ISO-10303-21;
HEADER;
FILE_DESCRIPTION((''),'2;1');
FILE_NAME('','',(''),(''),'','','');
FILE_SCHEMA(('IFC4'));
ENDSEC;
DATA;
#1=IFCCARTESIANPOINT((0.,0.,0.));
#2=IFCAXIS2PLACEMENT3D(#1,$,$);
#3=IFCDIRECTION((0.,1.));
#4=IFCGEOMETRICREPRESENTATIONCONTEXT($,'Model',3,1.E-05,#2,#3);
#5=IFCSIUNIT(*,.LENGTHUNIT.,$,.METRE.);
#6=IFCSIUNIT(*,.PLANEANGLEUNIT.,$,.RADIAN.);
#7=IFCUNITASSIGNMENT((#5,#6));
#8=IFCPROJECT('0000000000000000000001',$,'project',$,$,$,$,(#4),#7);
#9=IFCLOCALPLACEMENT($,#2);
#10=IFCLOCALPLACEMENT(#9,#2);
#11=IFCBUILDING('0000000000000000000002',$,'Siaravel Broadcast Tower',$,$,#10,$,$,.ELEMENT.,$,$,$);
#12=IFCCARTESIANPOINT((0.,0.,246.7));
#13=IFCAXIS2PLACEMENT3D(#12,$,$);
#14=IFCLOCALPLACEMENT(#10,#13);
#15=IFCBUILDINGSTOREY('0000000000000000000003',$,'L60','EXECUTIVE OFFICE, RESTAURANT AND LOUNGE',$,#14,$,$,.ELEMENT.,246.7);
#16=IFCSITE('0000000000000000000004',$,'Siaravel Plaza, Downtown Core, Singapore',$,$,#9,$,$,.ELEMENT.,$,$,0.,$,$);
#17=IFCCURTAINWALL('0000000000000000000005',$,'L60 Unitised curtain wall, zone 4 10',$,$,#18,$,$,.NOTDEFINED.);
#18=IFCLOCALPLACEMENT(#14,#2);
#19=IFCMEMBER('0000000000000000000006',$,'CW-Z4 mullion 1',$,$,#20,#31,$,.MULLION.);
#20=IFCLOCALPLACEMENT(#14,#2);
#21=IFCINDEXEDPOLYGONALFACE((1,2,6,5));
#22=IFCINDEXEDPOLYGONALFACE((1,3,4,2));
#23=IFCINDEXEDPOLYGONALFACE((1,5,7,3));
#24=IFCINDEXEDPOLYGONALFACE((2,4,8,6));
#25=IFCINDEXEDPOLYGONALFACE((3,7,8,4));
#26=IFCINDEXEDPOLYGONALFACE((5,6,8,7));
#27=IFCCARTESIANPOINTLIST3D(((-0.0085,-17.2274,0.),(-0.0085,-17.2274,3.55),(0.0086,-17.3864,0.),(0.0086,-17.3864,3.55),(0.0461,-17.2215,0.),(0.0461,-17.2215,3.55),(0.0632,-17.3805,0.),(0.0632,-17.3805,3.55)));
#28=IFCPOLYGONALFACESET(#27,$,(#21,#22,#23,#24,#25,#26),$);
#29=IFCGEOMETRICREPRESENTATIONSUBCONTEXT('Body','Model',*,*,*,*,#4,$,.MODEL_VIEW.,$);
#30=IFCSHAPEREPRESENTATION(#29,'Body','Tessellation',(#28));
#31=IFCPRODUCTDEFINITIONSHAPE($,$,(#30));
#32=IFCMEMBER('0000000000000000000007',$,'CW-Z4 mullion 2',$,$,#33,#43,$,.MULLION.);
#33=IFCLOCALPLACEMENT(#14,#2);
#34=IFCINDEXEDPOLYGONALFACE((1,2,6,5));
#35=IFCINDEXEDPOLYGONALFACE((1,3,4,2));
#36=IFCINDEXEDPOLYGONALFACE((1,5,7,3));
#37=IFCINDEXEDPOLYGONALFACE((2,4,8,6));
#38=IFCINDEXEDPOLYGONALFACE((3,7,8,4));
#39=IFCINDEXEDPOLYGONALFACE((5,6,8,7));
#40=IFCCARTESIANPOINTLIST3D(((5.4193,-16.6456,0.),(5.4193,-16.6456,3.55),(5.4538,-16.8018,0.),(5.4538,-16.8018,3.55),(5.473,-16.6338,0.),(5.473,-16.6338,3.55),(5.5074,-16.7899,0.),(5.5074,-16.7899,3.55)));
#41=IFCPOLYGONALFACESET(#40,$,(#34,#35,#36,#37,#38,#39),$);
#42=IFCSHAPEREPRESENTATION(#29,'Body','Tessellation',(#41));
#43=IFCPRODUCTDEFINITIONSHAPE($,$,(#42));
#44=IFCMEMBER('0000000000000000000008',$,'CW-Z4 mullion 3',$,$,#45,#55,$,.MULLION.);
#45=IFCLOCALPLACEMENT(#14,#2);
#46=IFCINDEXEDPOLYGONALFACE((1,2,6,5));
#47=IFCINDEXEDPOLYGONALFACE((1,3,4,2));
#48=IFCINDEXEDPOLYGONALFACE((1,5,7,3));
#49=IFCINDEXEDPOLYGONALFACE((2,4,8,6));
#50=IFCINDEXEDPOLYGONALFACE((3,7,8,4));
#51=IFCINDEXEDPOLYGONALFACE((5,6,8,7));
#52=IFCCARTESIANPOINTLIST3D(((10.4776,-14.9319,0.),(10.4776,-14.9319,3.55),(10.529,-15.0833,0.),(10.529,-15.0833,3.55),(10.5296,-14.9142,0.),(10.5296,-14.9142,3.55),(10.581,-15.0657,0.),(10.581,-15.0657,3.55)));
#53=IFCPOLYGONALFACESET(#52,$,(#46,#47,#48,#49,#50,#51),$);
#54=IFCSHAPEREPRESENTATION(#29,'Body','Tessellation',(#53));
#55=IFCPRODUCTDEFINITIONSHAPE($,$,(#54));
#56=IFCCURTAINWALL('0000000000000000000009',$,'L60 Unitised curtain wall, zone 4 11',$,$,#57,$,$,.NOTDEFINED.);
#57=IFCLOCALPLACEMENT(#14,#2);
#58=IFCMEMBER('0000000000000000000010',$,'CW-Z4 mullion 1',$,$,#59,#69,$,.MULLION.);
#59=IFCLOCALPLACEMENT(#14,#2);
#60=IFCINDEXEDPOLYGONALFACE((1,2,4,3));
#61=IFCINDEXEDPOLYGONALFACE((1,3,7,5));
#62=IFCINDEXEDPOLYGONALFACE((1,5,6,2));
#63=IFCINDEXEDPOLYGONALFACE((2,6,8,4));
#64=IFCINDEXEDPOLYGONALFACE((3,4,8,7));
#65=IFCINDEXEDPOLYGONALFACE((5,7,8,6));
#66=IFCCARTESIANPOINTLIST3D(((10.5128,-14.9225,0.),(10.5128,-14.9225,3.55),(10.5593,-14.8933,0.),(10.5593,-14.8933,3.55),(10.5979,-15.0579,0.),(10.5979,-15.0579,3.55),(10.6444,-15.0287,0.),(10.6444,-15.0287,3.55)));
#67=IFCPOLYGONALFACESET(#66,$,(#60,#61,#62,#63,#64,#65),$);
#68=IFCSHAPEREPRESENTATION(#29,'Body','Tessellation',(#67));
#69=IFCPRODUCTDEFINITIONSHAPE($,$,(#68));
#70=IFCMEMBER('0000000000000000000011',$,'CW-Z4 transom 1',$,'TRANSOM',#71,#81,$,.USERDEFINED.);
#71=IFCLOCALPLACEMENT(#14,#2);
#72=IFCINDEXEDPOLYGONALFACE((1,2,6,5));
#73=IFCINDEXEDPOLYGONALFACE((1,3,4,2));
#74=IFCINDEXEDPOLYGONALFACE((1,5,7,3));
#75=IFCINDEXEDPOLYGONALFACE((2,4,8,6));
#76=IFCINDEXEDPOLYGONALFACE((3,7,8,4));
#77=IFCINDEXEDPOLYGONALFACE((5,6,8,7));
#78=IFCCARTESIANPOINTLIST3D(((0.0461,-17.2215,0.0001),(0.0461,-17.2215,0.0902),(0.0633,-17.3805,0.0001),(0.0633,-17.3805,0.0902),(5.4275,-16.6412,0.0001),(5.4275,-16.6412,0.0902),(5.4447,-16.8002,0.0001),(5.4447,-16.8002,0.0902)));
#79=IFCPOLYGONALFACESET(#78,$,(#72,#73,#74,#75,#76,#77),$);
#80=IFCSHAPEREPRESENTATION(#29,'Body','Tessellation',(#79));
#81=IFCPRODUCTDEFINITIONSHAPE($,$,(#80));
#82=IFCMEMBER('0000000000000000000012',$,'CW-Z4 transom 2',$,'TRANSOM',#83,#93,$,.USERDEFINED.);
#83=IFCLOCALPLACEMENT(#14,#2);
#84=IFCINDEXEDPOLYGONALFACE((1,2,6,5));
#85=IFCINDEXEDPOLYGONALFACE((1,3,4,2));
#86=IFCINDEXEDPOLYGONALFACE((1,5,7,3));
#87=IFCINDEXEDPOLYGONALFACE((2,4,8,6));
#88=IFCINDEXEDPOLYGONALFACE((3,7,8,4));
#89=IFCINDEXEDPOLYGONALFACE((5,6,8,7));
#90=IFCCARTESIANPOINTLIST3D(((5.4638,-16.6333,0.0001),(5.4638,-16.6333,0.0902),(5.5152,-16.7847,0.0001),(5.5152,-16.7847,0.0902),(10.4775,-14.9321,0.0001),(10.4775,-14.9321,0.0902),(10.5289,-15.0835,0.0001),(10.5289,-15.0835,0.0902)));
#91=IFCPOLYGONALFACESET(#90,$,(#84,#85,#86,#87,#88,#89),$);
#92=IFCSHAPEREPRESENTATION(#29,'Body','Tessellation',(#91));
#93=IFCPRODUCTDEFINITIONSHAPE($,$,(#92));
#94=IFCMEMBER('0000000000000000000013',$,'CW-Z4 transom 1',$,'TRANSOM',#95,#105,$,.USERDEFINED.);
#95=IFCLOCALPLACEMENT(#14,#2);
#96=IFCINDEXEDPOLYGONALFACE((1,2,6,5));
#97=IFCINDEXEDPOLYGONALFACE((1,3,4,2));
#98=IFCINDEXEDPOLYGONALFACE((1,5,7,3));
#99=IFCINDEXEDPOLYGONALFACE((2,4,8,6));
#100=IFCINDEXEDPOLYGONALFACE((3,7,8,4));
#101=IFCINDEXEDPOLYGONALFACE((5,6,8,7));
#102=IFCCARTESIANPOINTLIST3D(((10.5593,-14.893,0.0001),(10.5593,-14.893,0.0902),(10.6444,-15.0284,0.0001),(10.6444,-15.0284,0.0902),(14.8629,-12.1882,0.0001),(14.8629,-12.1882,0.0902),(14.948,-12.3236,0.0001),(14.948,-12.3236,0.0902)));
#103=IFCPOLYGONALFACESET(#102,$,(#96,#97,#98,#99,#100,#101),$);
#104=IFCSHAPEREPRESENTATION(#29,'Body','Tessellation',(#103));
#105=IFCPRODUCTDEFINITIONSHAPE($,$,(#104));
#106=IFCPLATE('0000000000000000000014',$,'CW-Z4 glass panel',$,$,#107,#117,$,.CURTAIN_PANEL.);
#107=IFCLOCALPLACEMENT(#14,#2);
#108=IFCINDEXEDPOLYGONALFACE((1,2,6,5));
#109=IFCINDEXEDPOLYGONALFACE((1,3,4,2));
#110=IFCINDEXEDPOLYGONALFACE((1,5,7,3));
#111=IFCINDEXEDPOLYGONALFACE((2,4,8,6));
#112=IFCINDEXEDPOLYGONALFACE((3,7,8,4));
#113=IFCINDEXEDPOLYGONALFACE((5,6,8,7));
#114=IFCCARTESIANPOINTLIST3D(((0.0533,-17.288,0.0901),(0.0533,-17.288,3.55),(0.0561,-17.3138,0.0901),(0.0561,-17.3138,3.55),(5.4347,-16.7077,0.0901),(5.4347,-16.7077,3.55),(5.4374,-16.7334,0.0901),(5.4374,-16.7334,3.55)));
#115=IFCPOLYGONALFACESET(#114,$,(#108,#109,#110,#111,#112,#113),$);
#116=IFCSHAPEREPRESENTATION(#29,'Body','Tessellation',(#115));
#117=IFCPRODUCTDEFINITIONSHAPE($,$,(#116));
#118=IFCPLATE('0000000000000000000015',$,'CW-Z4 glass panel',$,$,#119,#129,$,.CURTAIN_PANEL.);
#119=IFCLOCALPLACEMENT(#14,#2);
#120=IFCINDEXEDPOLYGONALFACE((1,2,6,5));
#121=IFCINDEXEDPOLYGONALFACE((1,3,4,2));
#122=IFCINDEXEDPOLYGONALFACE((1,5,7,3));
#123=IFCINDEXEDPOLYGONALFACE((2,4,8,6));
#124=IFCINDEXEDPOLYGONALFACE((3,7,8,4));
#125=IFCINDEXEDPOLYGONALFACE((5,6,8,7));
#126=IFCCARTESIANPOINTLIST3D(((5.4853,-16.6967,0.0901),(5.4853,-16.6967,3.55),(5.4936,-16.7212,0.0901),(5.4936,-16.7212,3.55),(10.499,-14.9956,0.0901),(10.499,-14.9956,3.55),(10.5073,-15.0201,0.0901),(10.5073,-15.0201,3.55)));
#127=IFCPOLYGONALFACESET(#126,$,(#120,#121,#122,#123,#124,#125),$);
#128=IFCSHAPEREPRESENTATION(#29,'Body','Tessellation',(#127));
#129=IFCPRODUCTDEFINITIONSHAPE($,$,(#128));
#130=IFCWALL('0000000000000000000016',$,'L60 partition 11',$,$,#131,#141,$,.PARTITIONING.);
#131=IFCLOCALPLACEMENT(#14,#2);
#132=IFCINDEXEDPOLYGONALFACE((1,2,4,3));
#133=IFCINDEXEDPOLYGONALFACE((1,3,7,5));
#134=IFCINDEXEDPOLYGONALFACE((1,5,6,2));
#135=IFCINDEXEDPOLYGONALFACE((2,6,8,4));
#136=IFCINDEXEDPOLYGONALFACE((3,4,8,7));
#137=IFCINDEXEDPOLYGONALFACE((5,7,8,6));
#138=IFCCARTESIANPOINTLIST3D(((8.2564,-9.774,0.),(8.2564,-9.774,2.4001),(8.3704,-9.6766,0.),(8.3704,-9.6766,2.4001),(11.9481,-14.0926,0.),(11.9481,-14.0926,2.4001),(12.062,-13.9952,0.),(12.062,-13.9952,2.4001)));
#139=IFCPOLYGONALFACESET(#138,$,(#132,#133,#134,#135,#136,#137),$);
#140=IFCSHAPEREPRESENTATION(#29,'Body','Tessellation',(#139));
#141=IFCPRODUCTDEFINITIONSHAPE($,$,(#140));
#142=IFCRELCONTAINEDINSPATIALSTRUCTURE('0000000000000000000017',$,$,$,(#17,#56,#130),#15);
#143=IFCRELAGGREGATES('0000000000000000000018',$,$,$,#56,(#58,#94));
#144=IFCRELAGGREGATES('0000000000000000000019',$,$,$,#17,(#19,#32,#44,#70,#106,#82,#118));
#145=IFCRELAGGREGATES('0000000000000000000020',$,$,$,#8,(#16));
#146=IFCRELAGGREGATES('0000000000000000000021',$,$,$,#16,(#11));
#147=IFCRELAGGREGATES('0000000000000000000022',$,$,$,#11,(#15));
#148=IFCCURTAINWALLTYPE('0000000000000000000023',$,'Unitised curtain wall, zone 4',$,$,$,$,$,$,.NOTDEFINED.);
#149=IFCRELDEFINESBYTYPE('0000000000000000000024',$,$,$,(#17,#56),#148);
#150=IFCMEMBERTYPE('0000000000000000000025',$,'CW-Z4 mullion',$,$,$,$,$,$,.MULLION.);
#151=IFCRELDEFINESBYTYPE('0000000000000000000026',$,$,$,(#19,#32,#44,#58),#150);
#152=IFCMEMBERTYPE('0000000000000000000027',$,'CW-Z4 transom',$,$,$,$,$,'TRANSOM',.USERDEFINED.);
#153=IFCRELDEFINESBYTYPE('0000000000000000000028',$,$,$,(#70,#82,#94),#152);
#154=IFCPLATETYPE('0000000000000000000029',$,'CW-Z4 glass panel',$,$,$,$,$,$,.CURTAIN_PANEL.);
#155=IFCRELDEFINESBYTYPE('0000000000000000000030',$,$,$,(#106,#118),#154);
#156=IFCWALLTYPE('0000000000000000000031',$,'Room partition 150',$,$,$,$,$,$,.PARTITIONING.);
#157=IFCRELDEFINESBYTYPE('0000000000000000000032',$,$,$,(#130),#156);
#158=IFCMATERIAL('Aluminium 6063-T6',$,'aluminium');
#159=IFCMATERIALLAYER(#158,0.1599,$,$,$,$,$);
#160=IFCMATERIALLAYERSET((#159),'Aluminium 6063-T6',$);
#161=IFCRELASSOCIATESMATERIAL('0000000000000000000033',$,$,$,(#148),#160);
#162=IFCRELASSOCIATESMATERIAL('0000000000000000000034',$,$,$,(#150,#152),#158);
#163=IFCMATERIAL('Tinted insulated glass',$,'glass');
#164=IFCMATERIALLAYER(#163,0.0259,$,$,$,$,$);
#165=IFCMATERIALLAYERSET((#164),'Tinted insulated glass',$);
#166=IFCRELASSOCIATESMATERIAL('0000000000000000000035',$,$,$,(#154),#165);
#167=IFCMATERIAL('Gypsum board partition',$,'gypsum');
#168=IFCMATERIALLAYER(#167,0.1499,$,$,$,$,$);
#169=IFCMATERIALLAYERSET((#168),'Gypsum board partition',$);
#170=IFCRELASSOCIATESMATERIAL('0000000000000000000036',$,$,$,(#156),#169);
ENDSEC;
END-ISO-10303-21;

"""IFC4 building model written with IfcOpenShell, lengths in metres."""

from ifc_helpers import new_model, si_unit, direction, frame, frame_2d, origin, origin_2d, place, context, subcontext, project, spatial, rectangle, extrude, material, layer, layer_set, material_profile, profile_set, type_object, element, aggregate, save


model = new_model("IFC4")

# Units and contexts
model_context = context("Model", 3, precision=1e-05, world=origin(), true_north=direction((0.0, 1.0)))
body_context = subcontext(model_context, "Body", "Model", "MODEL_VIEW")
ifc_project = project(units=[si_unit("LENGTHUNIT", "METRE"), si_unit("PLANEANGLEUNIT", "RADIAN")], contexts=[model_context])

# Site, building, storey
site_placement = place(None, origin())
site = spatial("IfcSite", under=ifc_project, at=site_placement, Name="Siaravel Plaza, Downtown Core, Singapore", CompositionType="ELEMENT", RefElevation=0.0)
building_placement = place(site_placement, origin())
building = spatial("IfcBuilding", under=site, at=building_placement, Name="Siaravel Broadcast Tower", CompositionType="ELEMENT")
storey_placement = place(building_placement, frame((0.0, 0.0, 246.7)))
storey = spatial("IfcBuildingStorey", under=building, at=storey_placement, Name="L60", Description="EXECUTIVE OFFICE, RESTAURANT AND LOUNGE", CompositionType="ELEMENT", Elevation=246.7)

# Curtain wall, members
ifc_material_1 = material(Name="Aluminium 6063-T6", Category="aluminium")
ifc_layer_1 = layer(ifc_material_1, 0.1599)
ifc_layer_set_1 = layer_set([ifc_layer_1], Name="Aluminium 6063-T6")
curtain_wall_type = type_object("IfcCurtainWallType", Name="Unitised curtain wall, zone 4", PredefinedType="NOTDEFINED", material=ifc_layer_set_1)
curtain_wall_1_placement = place(storey_placement, origin())
curtain_wall_1 = element("IfcCurtainWall", 1, at=curtain_wall_1_placement, inside=storey, type_object=curtain_wall_type, Name="L60 Unitised curtain wall, zone 4 10", PredefinedType="NOTDEFINED")
ifc_material_profile_1 = material_profile(ifc_material_1, rectangle(XDim=0.1599, YDim=0.0549, at=origin_2d()))
ifc_profile_set_1 = profile_set([ifc_material_profile_1], Name="Aluminium 6063-T6")
member_type_1 = type_object("IfcMemberType", Name="CW-Z4 mullion", PredefinedType="MULLION", material=ifc_profile_set_1)
member_1_placement = place(storey_placement, frame((0.0273, -17.304, 0.0), z_axis=(0.0, 0.0, 1.0), x_axis=(-0.107218, 0.994236, 0.0)))
member_1 = element("IfcMember", 2, at=member_1_placement, type_object=member_type_1, Name="CW-Z4 mullion 1", PredefinedType="MULLION", context=body_context, shape_type="SweptSolid", body=[
    extrude(rectangle(XDim=0.1599, YDim=0.0549, at=origin_2d()), origin(), (0.0, 0.0, 1.0), 3.55),
])
member_2_placement = place(storey_placement, frame((5.4634, -16.7178, 0.0), z_axis=(0.0, 0.0, 1.0), x_axis=(-0.215559, 0.976491, 0.0)))
member_2 = element("IfcMember", 3, at=member_2_placement, type_object=member_type_1, Name="CW-Z4 mullion 2", PredefinedType="MULLION", context=body_context, shape_type="SweptSolid", body=[
    extrude(rectangle(XDim=0.1599, YDim=0.0549, at=origin_2d()), origin(), (0.0, 0.0, 1.0), 3.55),
])
member_3_placement = place(storey_placement, frame((10.5293, -14.9988, 0.0), z_axis=(0.0, 0.0, 1.0), x_axis=(-0.321301, 0.946977, 0.0)))
member_3 = element("IfcMember", 4, at=member_3_placement, type_object=member_type_1, Name="CW-Z4 mullion 3", PredefinedType="MULLION", context=body_context, shape_type="SweptSolid", body=[
    extrude(rectangle(XDim=0.1599, YDim=0.0549, at=origin_2d()), origin(), (0.0, 0.0, 1.0), 3.55),
])

# Curtain wall, member
curtain_wall_2_placement = place(storey_placement, origin())
curtain_wall_2 = element("IfcCurtainWall", 5, at=curtain_wall_2_placement, inside=storey, type_object=curtain_wall_type, Name="L60 Unitised curtain wall, zone 4 11", PredefinedType="NOTDEFINED")
member_4_placement = place(storey_placement, frame((10.5786, -14.9756, 0.0), z_axis=(0.0, 0.0, 1.0), x_axis=(-0.53215, 0.84665, 0.0)))
member_4 = element("IfcMember", 6, at=member_4_placement, type_object=member_type_1, Name="CW-Z4 mullion 1", PredefinedType="MULLION", context=body_context, shape_type="SweptSolid", body=[
    extrude(rectangle(XDim=0.1599, YDim=0.0549, at=origin_2d()), origin(), (0.0, 0.0, 1.0), 3.55),
])

# Members
ifc_material_profile_2 = material_profile(ifc_material_1, rectangle(XDim=0.1599, YDim=0.0901, at=origin_2d()))
ifc_profile_set_2 = profile_set([ifc_material_profile_2], Name="Aluminium 6063-T6")
member_type_2 = type_object("IfcMemberType", Name="CW-Z4 transom", ElementType="TRANSOM", PredefinedType="USERDEFINED", material=ifc_profile_set_2)
member_5_placement = place(storey_placement, frame((0.0547, -17.301, 0.0452), z_axis=(0.994236, 0.107218, 0.0), x_axis=(-0.107218, 0.994236, 0.0)))
member_5 = element("IfcMember", 7, at=member_5_placement, type_object=member_type_2, Name="CW-Z4 transom 1", ObjectType="TRANSOM", PredefinedType="USERDEFINED", context=body_context, shape_type="SweptSolid", body=[
    extrude(rectangle(XDim=0.1599, YDim=0.0901, at=origin_2d()), origin(), (0.0, 0.0, 1.0), 5.4126),
])
member_6_placement = place(storey_placement, frame((5.4895, -16.709, 0.0452), z_axis=(0.946973, 0.321314, 0.0), x_axis=(-0.321314, 0.946973, 0.0)))
member_6 = element("IfcMember", 8, at=member_6_placement, type_object=member_type_2, Name="CW-Z4 transom 2", ObjectType="TRANSOM", PredefinedType="USERDEFINED", context=body_context, shape_type="SweptSolid", body=[
    extrude(rectangle(XDim=0.1599, YDim=0.0901, at=origin_2d()), origin(), (0.0, 0.0, 1.0), 5.2944),
])
member_7_placement = place(storey_placement, frame((10.6018, -14.9607, 0.0452), z_axis=(0.846668, 0.532121, 0.0), x_axis=(-0.532121, 0.846668, 0.0)))
member_7 = element("IfcMember", 9, at=member_7_placement, type_object=member_type_2, Name="CW-Z4 transom 1", ObjectType="TRANSOM", PredefinedType="USERDEFINED", context=body_context, shape_type="SweptSolid", body=[
    extrude(rectangle(XDim=0.1599, YDim=0.0901, at=origin_2d()), origin(), (0.0, 0.0, 1.0), 5.083),
])
aggregate(curtain_wall_2, [member_4, member_7])

# Plates
ifc_material_2 = material(Name="Tinted insulated glass", Category="glass")
ifc_layer_2 = layer(ifc_material_2, 0.0259)
ifc_layer_set_2 = layer_set([ifc_layer_2], Name="Tinted insulated glass")
plate_type = type_object("IfcPlateType", Name="CW-Z4 glass panel", PredefinedType="CURTAIN_PANEL", material=ifc_layer_set_2)
plate_1_placement = place(storey_placement, frame((2.7454, -17.0107, 0.0901), z_axis=(0.0, 0.0, 1.0), x_axis=(0.994236, 0.107218, 0.0)))
plate_1 = element("IfcPlate", 10, at=plate_1_placement, type_object=plate_type, Name="CW-Z4 glass panel", PredefinedType="CURTAIN_PANEL", context=body_context, shape_type="SweptSolid", body=[
    extrude(rectangle(XDim=5.4126, YDim=0.0259, at=origin_2d()), origin(), (0.0, 0.0, 1.0), 3.46),
])
plate_2_placement = place(storey_placement, frame((7.9963, -15.8584, 0.0901), z_axis=(0.0, 0.0, 1.0), x_axis=(0.946977, 0.321301, 0.0)))
plate_2 = element("IfcPlate", 11, at=plate_2_placement, type_object=plate_type, Name="CW-Z4 glass panel", PredefinedType="CURTAIN_PANEL", context=body_context, shape_type="SweptSolid", body=[
    extrude(rectangle(XDim=5.2944, YDim=0.0259, at=origin_2d()), origin(), (0.0, 0.0, 1.0), 3.46),
])
aggregate(curtain_wall_1, [member_1, member_2, member_3, member_5, plate_1, member_6, plate_2])

# Wall
ifc_material_3 = material(Name="Gypsum board partition", Category="gypsum")
ifc_layer_3 = layer(ifc_material_3, 0.1499)
ifc_layer_set_3 = layer_set([ifc_layer_3], Name="Gypsum board partition")
wall_type = type_object("IfcWallType", Name="Room partition 150", PredefinedType="PARTITIONING", material=ifc_layer_set_3)
wall_placement = place(storey_placement, frame((12.0051, -14.0439, 0.0), z_axis=(0.0, 0.0, 1.0), x_axis=(-0.649775, 0.760126, 0.0)))
element("IfcWall", 12, at=wall_placement, inside=storey, type_object=wall_type, Name="L60 partition 11", PredefinedType="PARTITIONING", context=body_context, shape_type="SweptSolid", body=[
    extrude(rectangle(XDim=5.6814, YDim=0.1499, at=frame_2d((2.8408, 0.0))), origin(), (0.0, 0.0, 1.0), 2.4001),
])

save(model, "model.ifc")
